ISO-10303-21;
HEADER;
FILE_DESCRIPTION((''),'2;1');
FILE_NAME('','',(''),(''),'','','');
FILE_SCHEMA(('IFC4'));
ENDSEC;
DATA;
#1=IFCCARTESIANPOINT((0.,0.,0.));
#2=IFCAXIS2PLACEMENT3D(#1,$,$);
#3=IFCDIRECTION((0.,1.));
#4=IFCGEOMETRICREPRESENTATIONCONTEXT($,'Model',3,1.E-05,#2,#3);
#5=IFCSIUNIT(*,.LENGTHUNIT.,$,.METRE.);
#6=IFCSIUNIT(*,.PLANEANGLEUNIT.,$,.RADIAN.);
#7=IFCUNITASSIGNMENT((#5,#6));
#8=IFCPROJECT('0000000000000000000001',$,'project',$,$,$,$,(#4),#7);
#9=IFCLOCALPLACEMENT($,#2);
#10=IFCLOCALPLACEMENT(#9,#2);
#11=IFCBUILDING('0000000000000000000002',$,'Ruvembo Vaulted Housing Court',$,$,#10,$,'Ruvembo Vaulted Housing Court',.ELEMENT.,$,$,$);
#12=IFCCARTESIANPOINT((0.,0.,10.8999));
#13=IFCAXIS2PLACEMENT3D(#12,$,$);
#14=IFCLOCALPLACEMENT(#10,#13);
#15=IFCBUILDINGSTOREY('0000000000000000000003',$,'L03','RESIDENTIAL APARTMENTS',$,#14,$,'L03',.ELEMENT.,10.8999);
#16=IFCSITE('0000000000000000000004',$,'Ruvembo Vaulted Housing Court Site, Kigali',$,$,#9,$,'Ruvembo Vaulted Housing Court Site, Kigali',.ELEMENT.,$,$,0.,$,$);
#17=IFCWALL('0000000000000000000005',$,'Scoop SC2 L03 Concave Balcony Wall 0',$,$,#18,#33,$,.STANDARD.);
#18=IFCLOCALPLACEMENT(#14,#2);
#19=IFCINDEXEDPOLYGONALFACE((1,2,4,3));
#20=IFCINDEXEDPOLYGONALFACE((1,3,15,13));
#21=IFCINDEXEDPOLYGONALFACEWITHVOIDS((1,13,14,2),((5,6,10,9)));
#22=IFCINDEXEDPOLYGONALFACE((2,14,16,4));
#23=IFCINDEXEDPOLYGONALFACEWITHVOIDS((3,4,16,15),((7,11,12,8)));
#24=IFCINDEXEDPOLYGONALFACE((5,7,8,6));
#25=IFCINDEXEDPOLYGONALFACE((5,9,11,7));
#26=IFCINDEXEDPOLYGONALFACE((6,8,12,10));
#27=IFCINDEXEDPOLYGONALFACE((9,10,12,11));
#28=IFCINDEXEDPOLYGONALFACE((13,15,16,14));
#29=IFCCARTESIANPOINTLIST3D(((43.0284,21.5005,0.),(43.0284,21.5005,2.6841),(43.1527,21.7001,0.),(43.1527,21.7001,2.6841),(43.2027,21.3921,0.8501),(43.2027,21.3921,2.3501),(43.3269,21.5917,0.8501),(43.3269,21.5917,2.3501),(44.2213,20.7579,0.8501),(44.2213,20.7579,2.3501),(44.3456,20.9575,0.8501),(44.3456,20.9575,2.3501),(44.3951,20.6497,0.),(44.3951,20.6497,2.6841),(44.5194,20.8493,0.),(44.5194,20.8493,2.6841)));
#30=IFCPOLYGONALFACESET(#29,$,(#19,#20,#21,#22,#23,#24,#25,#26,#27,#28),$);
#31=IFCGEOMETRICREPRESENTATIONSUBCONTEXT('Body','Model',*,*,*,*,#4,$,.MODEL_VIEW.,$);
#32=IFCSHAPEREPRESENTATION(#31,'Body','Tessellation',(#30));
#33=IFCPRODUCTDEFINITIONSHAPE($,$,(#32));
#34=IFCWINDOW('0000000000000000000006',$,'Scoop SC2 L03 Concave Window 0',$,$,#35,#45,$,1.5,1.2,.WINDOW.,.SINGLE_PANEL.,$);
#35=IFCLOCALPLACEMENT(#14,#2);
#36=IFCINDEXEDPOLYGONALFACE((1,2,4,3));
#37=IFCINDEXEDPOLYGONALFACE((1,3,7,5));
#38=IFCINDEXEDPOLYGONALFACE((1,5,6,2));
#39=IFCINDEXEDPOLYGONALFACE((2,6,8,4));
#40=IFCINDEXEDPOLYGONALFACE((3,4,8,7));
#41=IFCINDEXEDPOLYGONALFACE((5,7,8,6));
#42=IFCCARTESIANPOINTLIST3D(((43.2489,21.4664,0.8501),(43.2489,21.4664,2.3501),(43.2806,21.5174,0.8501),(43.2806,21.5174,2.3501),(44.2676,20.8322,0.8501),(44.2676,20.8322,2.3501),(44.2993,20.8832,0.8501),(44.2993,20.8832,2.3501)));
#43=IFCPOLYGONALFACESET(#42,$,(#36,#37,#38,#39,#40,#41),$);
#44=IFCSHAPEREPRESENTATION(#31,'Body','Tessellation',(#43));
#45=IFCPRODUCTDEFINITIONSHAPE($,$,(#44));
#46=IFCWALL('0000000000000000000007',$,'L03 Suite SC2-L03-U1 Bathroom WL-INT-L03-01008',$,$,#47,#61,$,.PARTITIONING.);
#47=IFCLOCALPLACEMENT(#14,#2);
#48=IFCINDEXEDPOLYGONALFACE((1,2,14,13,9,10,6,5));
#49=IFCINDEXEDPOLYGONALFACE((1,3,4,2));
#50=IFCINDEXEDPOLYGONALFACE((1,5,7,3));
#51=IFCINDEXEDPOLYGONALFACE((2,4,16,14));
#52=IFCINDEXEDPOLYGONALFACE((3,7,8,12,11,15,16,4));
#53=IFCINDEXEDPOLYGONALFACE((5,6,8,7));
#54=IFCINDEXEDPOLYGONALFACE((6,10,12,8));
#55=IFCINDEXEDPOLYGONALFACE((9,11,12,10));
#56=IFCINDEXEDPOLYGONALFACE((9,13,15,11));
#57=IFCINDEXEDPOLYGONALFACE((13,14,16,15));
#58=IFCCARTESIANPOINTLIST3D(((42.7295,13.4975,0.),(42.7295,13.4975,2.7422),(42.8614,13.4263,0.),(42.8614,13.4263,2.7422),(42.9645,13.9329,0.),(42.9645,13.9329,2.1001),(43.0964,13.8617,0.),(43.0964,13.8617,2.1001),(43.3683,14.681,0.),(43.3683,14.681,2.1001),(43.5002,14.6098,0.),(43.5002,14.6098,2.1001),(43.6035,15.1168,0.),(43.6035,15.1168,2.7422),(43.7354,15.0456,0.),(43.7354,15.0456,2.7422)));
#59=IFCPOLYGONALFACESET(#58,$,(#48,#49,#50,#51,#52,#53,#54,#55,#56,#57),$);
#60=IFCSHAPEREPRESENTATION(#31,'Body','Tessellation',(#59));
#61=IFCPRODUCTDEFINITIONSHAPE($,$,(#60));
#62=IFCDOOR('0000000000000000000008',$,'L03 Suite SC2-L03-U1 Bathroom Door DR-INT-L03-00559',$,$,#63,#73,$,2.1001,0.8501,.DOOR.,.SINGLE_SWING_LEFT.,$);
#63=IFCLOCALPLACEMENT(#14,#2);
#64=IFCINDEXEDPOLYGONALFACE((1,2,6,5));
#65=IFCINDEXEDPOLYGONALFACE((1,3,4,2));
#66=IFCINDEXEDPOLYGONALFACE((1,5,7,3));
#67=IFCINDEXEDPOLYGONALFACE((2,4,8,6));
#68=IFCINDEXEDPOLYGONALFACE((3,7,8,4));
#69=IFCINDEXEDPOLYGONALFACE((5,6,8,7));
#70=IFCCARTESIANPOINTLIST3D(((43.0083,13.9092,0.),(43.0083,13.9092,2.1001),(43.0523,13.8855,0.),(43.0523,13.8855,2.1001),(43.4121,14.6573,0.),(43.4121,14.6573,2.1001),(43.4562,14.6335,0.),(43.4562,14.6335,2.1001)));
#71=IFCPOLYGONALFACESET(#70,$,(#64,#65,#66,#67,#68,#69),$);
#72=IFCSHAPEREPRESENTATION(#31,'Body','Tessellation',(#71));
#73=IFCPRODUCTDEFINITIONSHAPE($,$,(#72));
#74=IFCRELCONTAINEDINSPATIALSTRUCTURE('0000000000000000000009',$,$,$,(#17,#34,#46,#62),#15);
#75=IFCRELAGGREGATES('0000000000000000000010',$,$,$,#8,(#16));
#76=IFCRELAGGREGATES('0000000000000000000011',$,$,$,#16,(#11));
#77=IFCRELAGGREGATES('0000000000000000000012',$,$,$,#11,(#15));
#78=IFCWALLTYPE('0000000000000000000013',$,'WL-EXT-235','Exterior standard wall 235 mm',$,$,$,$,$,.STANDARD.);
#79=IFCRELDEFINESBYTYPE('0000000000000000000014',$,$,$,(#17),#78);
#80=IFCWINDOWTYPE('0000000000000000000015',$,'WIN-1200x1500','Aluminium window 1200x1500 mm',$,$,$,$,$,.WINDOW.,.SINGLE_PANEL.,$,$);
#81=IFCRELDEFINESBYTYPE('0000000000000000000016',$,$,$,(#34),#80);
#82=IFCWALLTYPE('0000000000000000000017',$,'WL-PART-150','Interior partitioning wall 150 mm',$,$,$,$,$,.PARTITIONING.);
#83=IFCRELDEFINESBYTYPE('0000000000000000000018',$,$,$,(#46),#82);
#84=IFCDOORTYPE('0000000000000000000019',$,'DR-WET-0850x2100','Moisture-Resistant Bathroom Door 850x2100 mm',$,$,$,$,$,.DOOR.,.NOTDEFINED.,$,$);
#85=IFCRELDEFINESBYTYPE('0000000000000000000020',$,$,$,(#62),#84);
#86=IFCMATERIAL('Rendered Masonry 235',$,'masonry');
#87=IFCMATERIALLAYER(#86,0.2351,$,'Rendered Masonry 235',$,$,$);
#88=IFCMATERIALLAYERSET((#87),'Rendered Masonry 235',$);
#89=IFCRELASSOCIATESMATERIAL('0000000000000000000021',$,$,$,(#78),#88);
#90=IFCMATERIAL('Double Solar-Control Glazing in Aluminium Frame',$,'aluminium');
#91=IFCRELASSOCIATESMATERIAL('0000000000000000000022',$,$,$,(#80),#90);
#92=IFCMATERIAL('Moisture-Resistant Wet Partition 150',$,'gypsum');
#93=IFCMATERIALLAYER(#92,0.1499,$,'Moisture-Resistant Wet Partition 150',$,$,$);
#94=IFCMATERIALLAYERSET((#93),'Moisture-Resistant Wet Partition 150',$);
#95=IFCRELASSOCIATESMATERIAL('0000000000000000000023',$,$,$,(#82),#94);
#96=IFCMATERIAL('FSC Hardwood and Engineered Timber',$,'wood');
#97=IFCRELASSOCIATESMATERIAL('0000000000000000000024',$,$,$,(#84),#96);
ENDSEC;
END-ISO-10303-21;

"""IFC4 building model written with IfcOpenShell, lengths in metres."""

from ifc_helpers import new_model, si_unit, direction, frame, frame_2d, origin, place, context, subcontext, project, spatial, rectangle, extrude, material, layer, layer_set, type_object, element, fill, save


model = new_model("IFC4")

# Units and contexts
model_context = context("Model", 3, precision=1e-05, world=origin(), true_north=direction((0.0, 1.0)))
body_context = subcontext(model_context, "Body", "Model", "MODEL_VIEW")
ifc_project = project(units=[si_unit("LENGTHUNIT", "METRE"), si_unit("PLANEANGLEUNIT", "RADIAN")], contexts=[model_context])

# Site, building, storey
site_placement = place(None, origin())
site = spatial("IfcSite", under=ifc_project, at=site_placement, Name="Ruvembo Vaulted Housing Court Site, Kigali", LongName="Ruvembo Vaulted Housing Court Site, Kigali", CompositionType="ELEMENT", RefElevation=0.0)
building_placement = place(site_placement, origin())
building = spatial("IfcBuilding", under=site, at=building_placement, Name="Ruvembo Vaulted Housing Court", LongName="Ruvembo Vaulted Housing Court", CompositionType="ELEMENT")
storey_placement = place(building_placement, frame((0.0, 0.0, 10.8999)))
storey = spatial("IfcBuildingStorey", under=building, at=storey_placement, Name="L03", Description="RESIDENTIAL APARTMENTS", LongName="L03", CompositionType="ELEMENT", Elevation=10.8999)

# Shared definitions
ifc_material_1 = material(Name="FSC Hardwood and Engineered Timber", Category="wood")

# Wall, opening, window
ifc_material_2 = material(Name="Rendered Masonry 235", Category="masonry")
ifc_layer_1 = layer(ifc_material_2, 0.2351, Name="Rendered Masonry 235")
ifc_layer_set_1 = layer_set([ifc_layer_1], Name="Rendered Masonry 235")
wall_type_1 = type_object("IfcWallType", Name="WL-EXT-235", Description="Exterior standard wall 235 mm", PredefinedType="STANDARD", material=ifc_layer_set_1)
wall_1_placement = place(storey_placement, frame((43.0906, 21.6003, 0.0), z_axis=(0.0, 0.0, 1.0), x_axis=(0.848934, -0.528499, 0.0)))
wall_1 = element("IfcWall", 1, at=wall_1_placement, inside=storey, type_object=wall_type_1, Name="Scoop SC2 L03 Concave Balcony Wall 0", PredefinedType="STANDARD", context=body_context, shape_type="SweptSolid", body=[
    extrude(rectangle(XDim=1.6099, YDim=0.2351, at=frame_2d((0.8049, 0.0))), origin(), (0.0, 0.0, 1.0), 2.6841),
])
opening_1_placement = place(wall_1_placement, frame((0.2051, 0.0, 0.8501)))
opening_1 = element("IfcOpeningElement", 2, at=opening_1_placement, cuts=wall_1, PredefinedType="OPENING", context=body_context, shape_type="SweptSolid", body=[
    extrude(rectangle(XDim=1.2, YDim=1.5, at=frame_2d((0.6001, 0.75))), frame((0.0, 0.1274, 0.0), z_axis=(0.0, -1.0, 0.0), x_axis=(1.0, 0.0, 0.0)), (0.0, 0.0, 1.0), 0.2551),
])
ifc_material_3 = material(Name="Double Solar-Control Glazing in Aluminium Frame", Category="aluminium")
window_type = type_object("IfcWindowType", Name="WIN-1200x1500", Description="Aluminium window 1200x1500 mm", PartitioningType="SINGLE_PANEL", PredefinedType="WINDOW", material=ifc_material_3)
window_placement = place(opening_1_placement, origin())
window = element("IfcWindow", 3, at=window_placement, inside=storey, type_object=window_type, Name="Scoop SC2 L03 Concave Window 0", OverallHeight=1.5, OverallWidth=1.2, PartitioningType="SINGLE_PANEL", PredefinedType="WINDOW", context=body_context, shape_type="SweptSolid", body=[
    extrude(rectangle(XDim=1.2, YDim=1.5, at=frame_2d((0.6001, 0.75))), frame((0.0, 0.03, 0.0), z_axis=(0.0, -1.0, 0.0), x_axis=(1.0, 0.0, 0.0)), (0.0, 0.0, 1.0), 0.0601),
])
fill(opening_1, window)

# Wall, opening, door
ifc_material_4 = material(Name="Moisture-Resistant Wet Partition 150", Category="gypsum")
ifc_layer_2 = layer(ifc_material_4, 0.1499, Name="Moisture-Resistant Wet Partition 150")
ifc_layer_set_2 = layer_set([ifc_layer_2], Name="Moisture-Resistant Wet Partition 150")
wall_type_2 = type_object("IfcWallType", Name="WL-PART-150", Description="Interior partitioning wall 150 mm", PredefinedType="PARTITIONING", material=ifc_layer_set_2)
wall_2_placement = place(storey_placement, frame((43.6694, 15.0811, 0.0), z_axis=(0.0, 0.0, 1.0), x_axis=(-0.475017, -0.879976, 0.0)))
wall_2 = element("IfcWall", 4, at=wall_2_placement, inside=storey, type_object=wall_type_2, Name="L03 Suite SC2-L03-U1 Bathroom WL-INT-L03-01008", PredefinedType="PARTITIONING", context=body_context, shape_type="SweptSolid", body=[
    extrude(rectangle(XDim=1.8401, YDim=0.1499, at=frame_2d((0.9199, 0.0))), origin(), (0.0, 0.0, 1.0), 2.7422),
])
opening_2_placement = place(wall_2_placement, frame((0.4951, 0.0, 0.0)))
opening_2 = element("IfcOpeningElement", 5, at=opening_2_placement, cuts=wall_2, PredefinedType="OPENING", context=body_context, shape_type="SweptSolid", body=[
    extrude(rectangle(XDim=0.8501, YDim=2.1001, at=frame_2d((0.425, 1.05))), frame((0.0, 0.085, 0.0), z_axis=(0.0, -1.0, 0.0), x_axis=(1.0, 0.0, 0.0)), (0.0, 0.0, 1.0), 0.1699),
])
door_type_1 = type_object("IfcDoorType", Name="DR-WET-0850x2100", Description="Moisture-Resistant Bathroom Door 850x2100 mm", OperationType="NOTDEFINED", PredefinedType="DOOR", material=ifc_material_1)
door_1_placement = place(opening_2_placement, origin())
door_1 = element("IfcDoor", 6, at=door_1_placement, inside=storey, type_object=door_type_1, Name="L03 Suite SC2-L03-U1 Bathroom Door DR-INT-L03-00559", OperationType="SINGLE_SWING_LEFT", OverallHeight=2.1001, OverallWidth=0.8501, PredefinedType="DOOR", context=body_context, shape_type="SweptSolid", body=[
    extrude(rectangle(XDim=0.8501, YDim=2.1001, at=frame_2d((0.425, 1.05))), frame((0.0, 0.0249, 0.0), z_axis=(0.0, -1.0, 0.0), x_axis=(1.0, 0.0, 0.0)), (0.0, 0.0, 1.0), 0.05),
])
fill(opening_2, door_1)

save(model, "model.ifc")
